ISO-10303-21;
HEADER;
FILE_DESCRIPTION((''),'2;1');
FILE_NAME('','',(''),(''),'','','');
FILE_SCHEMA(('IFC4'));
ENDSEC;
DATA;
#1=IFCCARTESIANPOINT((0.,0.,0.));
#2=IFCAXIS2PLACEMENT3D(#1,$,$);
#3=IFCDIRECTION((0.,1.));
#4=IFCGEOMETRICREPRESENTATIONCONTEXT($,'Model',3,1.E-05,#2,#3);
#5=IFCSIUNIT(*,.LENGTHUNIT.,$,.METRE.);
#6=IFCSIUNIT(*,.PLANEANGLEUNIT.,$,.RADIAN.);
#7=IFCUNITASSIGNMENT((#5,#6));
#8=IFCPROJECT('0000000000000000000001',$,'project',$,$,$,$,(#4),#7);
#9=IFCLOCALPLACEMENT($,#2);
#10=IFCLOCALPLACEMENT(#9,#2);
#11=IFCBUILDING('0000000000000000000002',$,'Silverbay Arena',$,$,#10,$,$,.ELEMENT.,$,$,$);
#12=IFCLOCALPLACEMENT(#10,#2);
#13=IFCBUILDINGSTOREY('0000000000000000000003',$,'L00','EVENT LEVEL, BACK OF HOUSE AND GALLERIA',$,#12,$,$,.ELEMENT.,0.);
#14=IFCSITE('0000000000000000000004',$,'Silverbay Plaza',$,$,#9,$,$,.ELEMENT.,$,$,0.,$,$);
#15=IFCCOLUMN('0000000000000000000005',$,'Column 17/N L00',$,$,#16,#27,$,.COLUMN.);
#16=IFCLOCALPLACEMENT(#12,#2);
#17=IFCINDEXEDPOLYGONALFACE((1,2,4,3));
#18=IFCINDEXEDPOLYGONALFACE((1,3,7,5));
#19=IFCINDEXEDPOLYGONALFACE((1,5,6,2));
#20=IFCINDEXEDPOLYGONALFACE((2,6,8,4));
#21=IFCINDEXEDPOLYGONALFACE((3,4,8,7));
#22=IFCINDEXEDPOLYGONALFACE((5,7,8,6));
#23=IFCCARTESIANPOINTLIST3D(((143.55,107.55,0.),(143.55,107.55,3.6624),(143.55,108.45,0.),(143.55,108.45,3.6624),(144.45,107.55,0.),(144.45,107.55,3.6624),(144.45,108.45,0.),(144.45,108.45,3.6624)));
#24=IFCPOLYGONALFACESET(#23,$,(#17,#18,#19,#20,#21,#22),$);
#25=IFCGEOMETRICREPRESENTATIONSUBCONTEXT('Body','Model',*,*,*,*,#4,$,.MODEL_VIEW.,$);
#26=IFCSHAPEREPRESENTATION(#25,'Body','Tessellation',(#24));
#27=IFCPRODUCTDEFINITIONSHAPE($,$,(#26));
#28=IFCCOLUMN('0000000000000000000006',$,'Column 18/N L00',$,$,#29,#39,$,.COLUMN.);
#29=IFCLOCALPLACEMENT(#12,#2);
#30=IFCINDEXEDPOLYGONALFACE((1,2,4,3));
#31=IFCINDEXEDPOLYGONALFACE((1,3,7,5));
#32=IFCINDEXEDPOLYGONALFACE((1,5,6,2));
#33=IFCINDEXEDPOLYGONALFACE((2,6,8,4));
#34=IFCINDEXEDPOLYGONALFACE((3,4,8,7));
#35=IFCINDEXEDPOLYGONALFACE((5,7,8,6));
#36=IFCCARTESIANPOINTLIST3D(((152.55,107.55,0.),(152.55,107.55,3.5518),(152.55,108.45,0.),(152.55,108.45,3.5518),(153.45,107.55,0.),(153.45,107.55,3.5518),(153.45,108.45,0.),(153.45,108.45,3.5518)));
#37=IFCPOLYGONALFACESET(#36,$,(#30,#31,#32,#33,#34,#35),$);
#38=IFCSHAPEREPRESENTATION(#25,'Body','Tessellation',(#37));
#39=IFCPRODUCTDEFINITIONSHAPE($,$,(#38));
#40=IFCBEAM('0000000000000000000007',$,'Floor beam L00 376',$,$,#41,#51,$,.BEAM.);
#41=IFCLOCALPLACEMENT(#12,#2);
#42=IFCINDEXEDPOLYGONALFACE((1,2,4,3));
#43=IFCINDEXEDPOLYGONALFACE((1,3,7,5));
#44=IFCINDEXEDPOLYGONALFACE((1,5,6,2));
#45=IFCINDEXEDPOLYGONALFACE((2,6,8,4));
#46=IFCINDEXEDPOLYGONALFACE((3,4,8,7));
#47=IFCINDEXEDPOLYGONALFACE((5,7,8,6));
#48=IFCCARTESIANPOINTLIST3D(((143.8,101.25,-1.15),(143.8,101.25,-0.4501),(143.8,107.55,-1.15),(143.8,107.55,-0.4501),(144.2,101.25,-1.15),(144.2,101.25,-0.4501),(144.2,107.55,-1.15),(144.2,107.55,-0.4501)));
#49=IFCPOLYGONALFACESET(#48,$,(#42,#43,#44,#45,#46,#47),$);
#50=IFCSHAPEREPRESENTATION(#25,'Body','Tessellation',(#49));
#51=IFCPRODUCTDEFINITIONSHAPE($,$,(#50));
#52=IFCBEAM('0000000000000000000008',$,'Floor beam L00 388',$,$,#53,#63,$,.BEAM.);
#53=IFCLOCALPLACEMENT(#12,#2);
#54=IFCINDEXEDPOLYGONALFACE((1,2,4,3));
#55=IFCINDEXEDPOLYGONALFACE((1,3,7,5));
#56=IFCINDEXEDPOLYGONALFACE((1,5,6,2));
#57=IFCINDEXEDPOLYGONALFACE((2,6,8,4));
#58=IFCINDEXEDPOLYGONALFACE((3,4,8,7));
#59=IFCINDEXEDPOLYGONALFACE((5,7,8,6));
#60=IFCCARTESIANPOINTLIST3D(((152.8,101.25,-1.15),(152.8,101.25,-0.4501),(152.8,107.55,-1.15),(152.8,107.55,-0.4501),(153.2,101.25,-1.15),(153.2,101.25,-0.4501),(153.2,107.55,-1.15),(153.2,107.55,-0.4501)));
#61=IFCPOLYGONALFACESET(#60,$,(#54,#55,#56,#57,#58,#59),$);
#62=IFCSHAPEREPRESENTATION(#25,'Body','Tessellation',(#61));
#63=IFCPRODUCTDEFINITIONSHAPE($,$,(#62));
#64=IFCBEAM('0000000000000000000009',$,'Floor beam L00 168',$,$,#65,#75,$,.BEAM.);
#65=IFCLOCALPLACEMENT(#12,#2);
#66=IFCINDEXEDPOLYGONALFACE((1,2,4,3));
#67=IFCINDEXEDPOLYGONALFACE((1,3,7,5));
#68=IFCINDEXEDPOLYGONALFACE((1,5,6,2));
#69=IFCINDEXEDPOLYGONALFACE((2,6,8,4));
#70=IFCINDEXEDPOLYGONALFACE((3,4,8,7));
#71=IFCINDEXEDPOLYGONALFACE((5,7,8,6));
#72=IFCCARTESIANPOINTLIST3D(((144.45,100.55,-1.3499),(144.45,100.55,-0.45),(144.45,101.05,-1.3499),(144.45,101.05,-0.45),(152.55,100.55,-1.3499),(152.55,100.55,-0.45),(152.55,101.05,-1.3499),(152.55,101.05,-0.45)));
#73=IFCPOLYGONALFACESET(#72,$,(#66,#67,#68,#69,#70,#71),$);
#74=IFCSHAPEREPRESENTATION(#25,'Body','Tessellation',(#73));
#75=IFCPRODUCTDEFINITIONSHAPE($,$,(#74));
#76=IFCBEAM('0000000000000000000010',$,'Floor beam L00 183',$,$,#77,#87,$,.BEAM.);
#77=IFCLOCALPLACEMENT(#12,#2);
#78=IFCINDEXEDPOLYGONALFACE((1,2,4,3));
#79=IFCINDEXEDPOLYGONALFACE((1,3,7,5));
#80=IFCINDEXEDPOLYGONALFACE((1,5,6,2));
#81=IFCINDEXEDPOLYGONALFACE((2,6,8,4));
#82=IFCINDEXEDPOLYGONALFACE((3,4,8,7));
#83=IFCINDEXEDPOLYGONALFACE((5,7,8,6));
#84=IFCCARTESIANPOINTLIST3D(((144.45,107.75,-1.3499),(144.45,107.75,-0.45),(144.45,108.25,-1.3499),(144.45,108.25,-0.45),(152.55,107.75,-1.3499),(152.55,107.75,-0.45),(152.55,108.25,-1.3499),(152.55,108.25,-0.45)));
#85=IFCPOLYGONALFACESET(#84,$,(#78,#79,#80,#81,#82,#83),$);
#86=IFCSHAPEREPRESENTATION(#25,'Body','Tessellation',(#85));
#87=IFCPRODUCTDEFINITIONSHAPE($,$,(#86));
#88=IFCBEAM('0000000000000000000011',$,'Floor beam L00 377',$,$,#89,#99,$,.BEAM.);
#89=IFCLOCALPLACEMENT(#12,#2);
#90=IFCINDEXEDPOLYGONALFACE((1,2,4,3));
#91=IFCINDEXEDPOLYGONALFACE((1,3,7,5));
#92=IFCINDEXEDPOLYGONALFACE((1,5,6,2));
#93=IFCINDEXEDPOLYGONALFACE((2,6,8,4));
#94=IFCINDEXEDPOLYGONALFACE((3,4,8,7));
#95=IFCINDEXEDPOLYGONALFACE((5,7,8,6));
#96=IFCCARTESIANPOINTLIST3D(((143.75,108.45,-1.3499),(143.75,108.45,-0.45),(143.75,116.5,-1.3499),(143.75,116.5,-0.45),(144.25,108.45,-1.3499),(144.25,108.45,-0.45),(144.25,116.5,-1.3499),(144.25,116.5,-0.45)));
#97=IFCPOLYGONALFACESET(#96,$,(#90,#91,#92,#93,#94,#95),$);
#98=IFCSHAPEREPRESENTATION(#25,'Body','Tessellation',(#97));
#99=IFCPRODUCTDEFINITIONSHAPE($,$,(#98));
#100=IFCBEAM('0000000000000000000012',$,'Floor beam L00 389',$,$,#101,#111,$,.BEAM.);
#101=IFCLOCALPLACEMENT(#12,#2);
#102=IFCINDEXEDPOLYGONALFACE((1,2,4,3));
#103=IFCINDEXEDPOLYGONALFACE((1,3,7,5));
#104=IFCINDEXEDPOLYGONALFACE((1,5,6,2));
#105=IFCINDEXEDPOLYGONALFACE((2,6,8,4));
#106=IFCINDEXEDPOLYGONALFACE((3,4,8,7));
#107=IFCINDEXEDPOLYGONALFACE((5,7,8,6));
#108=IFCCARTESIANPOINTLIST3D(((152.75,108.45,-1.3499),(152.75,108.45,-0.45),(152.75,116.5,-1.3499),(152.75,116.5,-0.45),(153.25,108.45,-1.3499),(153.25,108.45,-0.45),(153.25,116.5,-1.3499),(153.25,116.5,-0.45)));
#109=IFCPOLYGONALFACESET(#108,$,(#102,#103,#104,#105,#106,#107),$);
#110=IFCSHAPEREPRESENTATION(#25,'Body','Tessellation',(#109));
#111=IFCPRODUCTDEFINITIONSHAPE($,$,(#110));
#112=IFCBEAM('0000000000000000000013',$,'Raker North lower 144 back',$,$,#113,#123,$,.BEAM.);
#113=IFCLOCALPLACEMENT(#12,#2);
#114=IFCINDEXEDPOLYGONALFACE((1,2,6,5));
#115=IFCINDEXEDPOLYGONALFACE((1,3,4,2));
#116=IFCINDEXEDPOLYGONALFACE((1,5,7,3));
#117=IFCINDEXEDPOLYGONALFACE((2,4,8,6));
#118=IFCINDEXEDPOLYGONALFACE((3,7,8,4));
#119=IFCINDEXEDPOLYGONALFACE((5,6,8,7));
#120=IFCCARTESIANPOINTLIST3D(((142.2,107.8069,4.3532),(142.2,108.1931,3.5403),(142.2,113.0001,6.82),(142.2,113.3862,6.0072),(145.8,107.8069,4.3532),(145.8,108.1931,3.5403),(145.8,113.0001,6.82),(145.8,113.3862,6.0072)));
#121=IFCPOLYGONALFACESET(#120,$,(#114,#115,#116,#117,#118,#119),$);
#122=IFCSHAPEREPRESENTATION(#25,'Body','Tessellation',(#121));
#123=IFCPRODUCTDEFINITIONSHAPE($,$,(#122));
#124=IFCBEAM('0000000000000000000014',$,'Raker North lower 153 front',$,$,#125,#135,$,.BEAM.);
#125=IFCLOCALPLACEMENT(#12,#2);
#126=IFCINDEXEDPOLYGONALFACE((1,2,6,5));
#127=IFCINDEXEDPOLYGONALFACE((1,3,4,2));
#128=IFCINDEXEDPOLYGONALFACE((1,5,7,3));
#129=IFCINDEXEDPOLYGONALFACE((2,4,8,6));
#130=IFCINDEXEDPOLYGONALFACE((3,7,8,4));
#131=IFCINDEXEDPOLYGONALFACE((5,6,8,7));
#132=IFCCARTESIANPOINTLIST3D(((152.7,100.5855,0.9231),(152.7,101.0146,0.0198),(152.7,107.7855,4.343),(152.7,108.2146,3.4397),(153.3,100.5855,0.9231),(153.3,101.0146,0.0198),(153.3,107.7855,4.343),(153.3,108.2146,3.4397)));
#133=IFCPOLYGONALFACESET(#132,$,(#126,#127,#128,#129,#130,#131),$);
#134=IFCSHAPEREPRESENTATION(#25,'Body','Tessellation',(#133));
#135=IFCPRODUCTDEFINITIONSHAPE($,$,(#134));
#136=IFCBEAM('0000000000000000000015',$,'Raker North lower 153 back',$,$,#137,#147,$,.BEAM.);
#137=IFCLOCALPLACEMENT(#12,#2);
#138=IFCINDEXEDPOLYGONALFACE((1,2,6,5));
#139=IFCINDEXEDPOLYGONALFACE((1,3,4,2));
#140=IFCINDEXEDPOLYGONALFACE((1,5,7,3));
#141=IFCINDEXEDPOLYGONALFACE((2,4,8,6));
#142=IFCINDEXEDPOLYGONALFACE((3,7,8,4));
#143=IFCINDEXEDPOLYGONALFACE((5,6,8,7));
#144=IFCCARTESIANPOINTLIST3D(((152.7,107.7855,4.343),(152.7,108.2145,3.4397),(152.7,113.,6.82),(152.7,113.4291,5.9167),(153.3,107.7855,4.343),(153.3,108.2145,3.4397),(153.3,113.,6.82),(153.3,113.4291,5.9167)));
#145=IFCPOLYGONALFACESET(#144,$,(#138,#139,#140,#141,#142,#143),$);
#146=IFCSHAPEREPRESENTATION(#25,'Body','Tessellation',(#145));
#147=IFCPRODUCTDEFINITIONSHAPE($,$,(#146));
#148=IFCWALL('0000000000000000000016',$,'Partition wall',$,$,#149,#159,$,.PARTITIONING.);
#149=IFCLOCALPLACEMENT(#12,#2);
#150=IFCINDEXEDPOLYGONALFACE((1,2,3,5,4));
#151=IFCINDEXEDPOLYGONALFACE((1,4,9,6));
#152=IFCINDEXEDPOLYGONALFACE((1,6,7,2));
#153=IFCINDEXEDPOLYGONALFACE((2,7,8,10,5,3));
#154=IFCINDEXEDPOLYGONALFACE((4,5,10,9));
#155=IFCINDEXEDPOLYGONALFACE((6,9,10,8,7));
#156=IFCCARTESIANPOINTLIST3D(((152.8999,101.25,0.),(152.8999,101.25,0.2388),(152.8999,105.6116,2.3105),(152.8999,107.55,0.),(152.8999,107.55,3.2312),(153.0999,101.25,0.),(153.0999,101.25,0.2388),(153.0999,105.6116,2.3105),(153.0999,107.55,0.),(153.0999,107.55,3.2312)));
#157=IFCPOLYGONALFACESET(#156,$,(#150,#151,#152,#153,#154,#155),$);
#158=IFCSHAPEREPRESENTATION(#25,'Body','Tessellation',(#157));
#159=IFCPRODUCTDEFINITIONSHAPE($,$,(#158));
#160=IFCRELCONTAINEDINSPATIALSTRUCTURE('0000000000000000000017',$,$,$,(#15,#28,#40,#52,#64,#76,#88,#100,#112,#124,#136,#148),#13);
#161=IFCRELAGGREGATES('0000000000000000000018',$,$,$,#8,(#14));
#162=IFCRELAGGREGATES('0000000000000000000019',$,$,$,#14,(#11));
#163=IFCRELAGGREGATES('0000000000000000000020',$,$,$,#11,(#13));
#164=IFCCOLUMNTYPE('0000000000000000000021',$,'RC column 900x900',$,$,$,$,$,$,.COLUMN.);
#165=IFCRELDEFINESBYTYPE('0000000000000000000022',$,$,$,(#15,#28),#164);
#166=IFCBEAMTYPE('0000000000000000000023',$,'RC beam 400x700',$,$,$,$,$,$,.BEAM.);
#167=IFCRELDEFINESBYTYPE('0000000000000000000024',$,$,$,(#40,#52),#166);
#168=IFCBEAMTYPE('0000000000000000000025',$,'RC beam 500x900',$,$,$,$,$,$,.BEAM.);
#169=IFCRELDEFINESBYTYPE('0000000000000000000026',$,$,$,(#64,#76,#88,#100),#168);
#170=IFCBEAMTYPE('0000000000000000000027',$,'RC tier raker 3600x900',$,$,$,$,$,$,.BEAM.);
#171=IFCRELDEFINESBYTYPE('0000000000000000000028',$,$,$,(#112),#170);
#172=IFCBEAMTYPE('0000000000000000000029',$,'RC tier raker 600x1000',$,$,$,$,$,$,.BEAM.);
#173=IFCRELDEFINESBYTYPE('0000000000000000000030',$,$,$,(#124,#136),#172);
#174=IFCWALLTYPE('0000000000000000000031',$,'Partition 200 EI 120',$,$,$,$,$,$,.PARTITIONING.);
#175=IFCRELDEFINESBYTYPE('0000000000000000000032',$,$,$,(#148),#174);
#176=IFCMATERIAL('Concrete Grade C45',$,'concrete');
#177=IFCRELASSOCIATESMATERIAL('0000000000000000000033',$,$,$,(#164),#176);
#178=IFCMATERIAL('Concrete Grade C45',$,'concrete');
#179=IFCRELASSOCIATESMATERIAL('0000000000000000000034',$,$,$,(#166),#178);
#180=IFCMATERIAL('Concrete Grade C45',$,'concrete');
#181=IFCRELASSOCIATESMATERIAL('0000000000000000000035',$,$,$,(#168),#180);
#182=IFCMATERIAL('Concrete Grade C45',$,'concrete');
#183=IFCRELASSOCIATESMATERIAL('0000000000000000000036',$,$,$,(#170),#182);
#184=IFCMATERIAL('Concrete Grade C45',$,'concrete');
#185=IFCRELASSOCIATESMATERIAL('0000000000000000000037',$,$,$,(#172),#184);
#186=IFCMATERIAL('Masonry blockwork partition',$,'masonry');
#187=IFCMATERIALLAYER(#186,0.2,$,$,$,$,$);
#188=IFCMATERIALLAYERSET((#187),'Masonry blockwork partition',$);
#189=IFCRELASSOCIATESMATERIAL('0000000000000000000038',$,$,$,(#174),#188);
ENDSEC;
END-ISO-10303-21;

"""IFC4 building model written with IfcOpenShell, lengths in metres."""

from ifc_helpers import new_model, si_unit, direction, frame, origin, origin_2d, place, context, subcontext, project, spatial, polyline, rectangle, outline, extrude, material, layer, layer_set, material_profile, profile_set, type_object, element, save


model = new_model("IFC4")

# Units and contexts
model_context = context("Model", 3, precision=1e-05, world=origin(), true_north=direction((0.0, 1.0)))
body_context = subcontext(model_context, "Body", "Model", "MODEL_VIEW")
ifc_project = project(units=[si_unit("LENGTHUNIT", "METRE"), si_unit("PLANEANGLEUNIT", "RADIAN")], contexts=[model_context])

# Site, building, storey
site_placement = place(None, origin())
site = spatial("IfcSite", under=ifc_project, at=site_placement, Name="Silverbay Plaza", CompositionType="ELEMENT", RefElevation=0.0)
building_placement = place(site_placement, origin())
building = spatial("IfcBuilding", under=site, at=building_placement, Name="Silverbay Arena", CompositionType="ELEMENT")
storey_placement = place(building_placement, origin())
storey = spatial("IfcBuildingStorey", under=building, at=storey_placement, Name="L00", Description="EVENT LEVEL, BACK OF HOUSE AND GALLERIA", CompositionType="ELEMENT", Elevation=0.0)

# Columns
ifc_material_1 = material(Name="Concrete Grade C45", Category="concrete")
ifc_material_profile_1 = material_profile(ifc_material_1, rectangle(XDim=0.8999, YDim=0.8999, at=origin_2d()), Name="RC 900x900")
ifc_profile_set_1 = profile_set([ifc_material_profile_1], Name="Concrete Grade C45")
column_type = type_object("IfcColumnType", Name="RC column 900x900", PredefinedType="COLUMN", material=ifc_profile_set_1)
column_1_placement = place(storey_placement, frame((144.0, 108.0, 0.0), z_axis=(0.0, 0.0, 1.0), x_axis=(1.0, 0.0, 0.0)))
element("IfcColumn", 1, at=column_1_placement, inside=storey, type_object=column_type, Name="Column 17/N L00", PredefinedType="COLUMN", context=body_context, shape_type="SweptSolid", body=[
    extrude(rectangle(XDim=0.8999, YDim=0.8999, at=origin_2d()), origin(), (0.0, 0.0, 1.0), 3.6624),
])
column_2_placement = place(storey_placement, frame((153.0, 108.0, 0.0), z_axis=(0.0, 0.0, 1.0), x_axis=(1.0, 0.0, 0.0)))
element("IfcColumn", 2, at=column_2_placement, inside=storey, type_object=column_type, Name="Column 18/N L00", PredefinedType="COLUMN", context=body_context, shape_type="SweptSolid", body=[
    extrude(rectangle(XDim=0.8999, YDim=0.8999, at=origin_2d()), origin(), (0.0, 0.0, 1.0), 3.5518),
])

# Beams
ifc_material_2 = material(Name="Concrete Grade C45", Category="concrete")
ifc_material_profile_2 = material_profile(ifc_material_2, rectangle(XDim=0.3999, YDim=0.7, at=origin_2d()), Name="RC 400x700")
ifc_profile_set_2 = profile_set([ifc_material_profile_2], Name="Concrete Grade C45")
beam_type_1 = type_object("IfcBeamType", Name="RC beam 400x700", PredefinedType="BEAM", material=ifc_profile_set_2)
for number, where, z_axis, x_axis, name in (
    (3, (144.0, 101.25, -0.8), (0.0, 1.0, 0.0), (-1.0, 0.0, 0.0), "Floor beam L00 376"),
    (4, (153.0, 101.25, -0.8), (0.0, 1.0, 0.0), (-1.0, 0.0, 0.0), "Floor beam L00 388"),
):
    element("IfcBeam", number, at=place(storey_placement, frame(where, z_axis=z_axis, x_axis=x_axis)), inside=storey, type_object=beam_type_1, Name=name, PredefinedType="BEAM", context=body_context, shape_type="SweptSolid", body=[
        extrude(rectangle(XDim=0.3999, YDim=0.7, at=origin_2d()), origin(), (0.0, 0.0, 1.0), 6.3),
    ])
ifc_material_3 = material(Name="Concrete Grade C45", Category="concrete")
ifc_material_profile_3 = material_profile(ifc_material_3, rectangle(XDim=0.5, YDim=0.8999, at=origin_2d()), Name="RC 500x900")
ifc_profile_set_3 = profile_set([ifc_material_profile_3], Name="Concrete Grade C45")
beam_type_2 = type_object("IfcBeamType", Name="RC beam 500x900", PredefinedType="BEAM", material=ifc_profile_set_3)
for number, where, z_axis, x_axis, name in (
    (5, (144.45, 100.8, -0.8999), (1.0, 0.0, 0.0), (0.0, 1.0, 0.0), "Floor beam L00 168"),
    (6, (144.45, 108.0, -0.8999), (1.0, 0.0, 0.0), (0.0, 1.0, 0.0), "Floor beam L00 183"),
):
    element("IfcBeam", number, at=place(storey_placement, frame(where, z_axis=z_axis, x_axis=x_axis)), inside=storey, type_object=beam_type_2, Name=name, PredefinedType="BEAM", context=body_context, shape_type="SweptSolid", body=[
        extrude(rectangle(XDim=0.5, YDim=0.8999, at=origin_2d()), origin(), (0.0, 0.0, 1.0), 8.1001),
    ])
for number, where, z_axis, x_axis, name in (
    (7, (144.0, 108.45, -0.8999), (0.0, 1.0, 0.0), (-1.0, 0.0, 0.0), "Floor beam L00 377"),
    (8, (153.0, 108.45, -0.8999), (0.0, 1.0, 0.0), (-1.0, 0.0, 0.0), "Floor beam L00 389"),
):
    element("IfcBeam", number, at=place(storey_placement, frame(where, z_axis=z_axis, x_axis=x_axis)), inside=storey, type_object=beam_type_2, Name=name, PredefinedType="BEAM", context=body_context, shape_type="SweptSolid", body=[
        extrude(rectangle(XDim=0.5, YDim=0.8999, at=origin_2d()), origin(), (0.0, 0.0, 1.0), 8.05),
    ])
ifc_material_4 = material(Name="Concrete Grade C45", Category="concrete")
ifc_material_profile_4 = material_profile(ifc_material_4, rectangle(XDim=3.6001, YDim=0.8999, at=origin_2d()), Name="RC 3600x900")
ifc_profile_set_4 = profile_set([ifc_material_profile_4], Name="Concrete Grade C45")
beam_type_3 = type_object("IfcBeamType", Name="RC tier raker 3600x900", PredefinedType="BEAM", material=ifc_profile_set_4)
beam_1_placement = place(storey_placement, frame((144.0, 108.0, 3.9468), z_axis=(0.0, 0.903273, 0.429066), x_axis=(-1.0, 0.0, 0.0)))
element("IfcBeam", 9, at=beam_1_placement, inside=storey, type_object=beam_type_3, Name="Raker North lower 144 back", PredefinedType="BEAM", context=body_context, shape_type="SweptSolid", body=[
    extrude(rectangle(XDim=3.6001, YDim=0.8999, at=origin_2d()), origin(), (0.0, 0.0, 1.0), 5.7493),
])
ifc_material_5 = material(Name="Concrete Grade C45", Category="concrete")
ifc_material_profile_5 = material_profile(ifc_material_5, rectangle(XDim=0.6001, YDim=1.0, at=origin_2d()), Name="RC 600x1000")
ifc_profile_set_5 = profile_set([ifc_material_profile_5], Name="Concrete Grade C45")
beam_type_4 = type_object("IfcBeamType", Name="RC tier raker 600x1000", PredefinedType="BEAM", material=ifc_profile_set_5)
beam_2_placement = place(storey_placement, frame((153.0, 100.8, 0.4714), z_axis=(0.0, 0.90328, 0.429051), x_axis=(-1.0, 0.0, 0.0)))
element("IfcBeam", 10, at=beam_2_placement, inside=storey, type_object=beam_type_4, Name="Raker North lower 153 front", PredefinedType="BEAM", context=body_context, shape_type="SweptSolid", body=[
    extrude(rectangle(XDim=0.6001, YDim=1.0, at=origin_2d()), origin(), (0.0, 0.0, 1.0), 7.9709),
])
beam_3_placement = place(storey_placement, frame((153.0, 108.0, 3.8914), z_axis=(0.0, 0.90327, 0.429073), x_axis=(-1.0, 0.0, 0.0)))
element("IfcBeam", 11, at=beam_3_placement, inside=storey, type_object=beam_type_4, Name="Raker North lower 153 back", PredefinedType="BEAM", context=body_context, shape_type="SweptSolid", body=[
    extrude(rectangle(XDim=0.6001, YDim=1.0, at=origin_2d()), origin(), (0.0, 0.0, 1.0), 5.7729),
])

# Wall
ifc_material_6 = material(Name="Masonry blockwork partition", Category="masonry")
ifc_layer_1 = layer(ifc_material_6, 0.2)
ifc_layer_set_1 = layer_set([ifc_layer_1], Name="Masonry blockwork partition")
wall_type_1 = type_object("IfcWallType", Name="Partition 200 EI 120", PredefinedType="PARTITIONING", material=ifc_layer_set_1)
wall_1_placement = place(storey_placement, frame((153.0, 101.25, 0.0), z_axis=(0.0, 0.0, 1.0), x_axis=(0.0, 1.0, 0.0)))
element("IfcWall", 12, at=wall_1_placement, inside=storey, type_object=wall_type_1, Name="Partition wall", PredefinedType="PARTITIONING", context=body_context, shape_type="SweptSolid", body=[
    extrude(outline(polyline([(0.0, 0.0), (6.3, 0.0), (6.3, 3.2312), (4.3616, 2.3105), (0.0, 0.2388), (0.0, 0.0)])), frame((0.0, 0.1001, 0.0), z_axis=(0.0, -1.0, 0.0), x_axis=(1.0, 0.0, 0.0)), (0.0, 0.0, 1.0), 0.2),
])

save(model, "model.ifc")
